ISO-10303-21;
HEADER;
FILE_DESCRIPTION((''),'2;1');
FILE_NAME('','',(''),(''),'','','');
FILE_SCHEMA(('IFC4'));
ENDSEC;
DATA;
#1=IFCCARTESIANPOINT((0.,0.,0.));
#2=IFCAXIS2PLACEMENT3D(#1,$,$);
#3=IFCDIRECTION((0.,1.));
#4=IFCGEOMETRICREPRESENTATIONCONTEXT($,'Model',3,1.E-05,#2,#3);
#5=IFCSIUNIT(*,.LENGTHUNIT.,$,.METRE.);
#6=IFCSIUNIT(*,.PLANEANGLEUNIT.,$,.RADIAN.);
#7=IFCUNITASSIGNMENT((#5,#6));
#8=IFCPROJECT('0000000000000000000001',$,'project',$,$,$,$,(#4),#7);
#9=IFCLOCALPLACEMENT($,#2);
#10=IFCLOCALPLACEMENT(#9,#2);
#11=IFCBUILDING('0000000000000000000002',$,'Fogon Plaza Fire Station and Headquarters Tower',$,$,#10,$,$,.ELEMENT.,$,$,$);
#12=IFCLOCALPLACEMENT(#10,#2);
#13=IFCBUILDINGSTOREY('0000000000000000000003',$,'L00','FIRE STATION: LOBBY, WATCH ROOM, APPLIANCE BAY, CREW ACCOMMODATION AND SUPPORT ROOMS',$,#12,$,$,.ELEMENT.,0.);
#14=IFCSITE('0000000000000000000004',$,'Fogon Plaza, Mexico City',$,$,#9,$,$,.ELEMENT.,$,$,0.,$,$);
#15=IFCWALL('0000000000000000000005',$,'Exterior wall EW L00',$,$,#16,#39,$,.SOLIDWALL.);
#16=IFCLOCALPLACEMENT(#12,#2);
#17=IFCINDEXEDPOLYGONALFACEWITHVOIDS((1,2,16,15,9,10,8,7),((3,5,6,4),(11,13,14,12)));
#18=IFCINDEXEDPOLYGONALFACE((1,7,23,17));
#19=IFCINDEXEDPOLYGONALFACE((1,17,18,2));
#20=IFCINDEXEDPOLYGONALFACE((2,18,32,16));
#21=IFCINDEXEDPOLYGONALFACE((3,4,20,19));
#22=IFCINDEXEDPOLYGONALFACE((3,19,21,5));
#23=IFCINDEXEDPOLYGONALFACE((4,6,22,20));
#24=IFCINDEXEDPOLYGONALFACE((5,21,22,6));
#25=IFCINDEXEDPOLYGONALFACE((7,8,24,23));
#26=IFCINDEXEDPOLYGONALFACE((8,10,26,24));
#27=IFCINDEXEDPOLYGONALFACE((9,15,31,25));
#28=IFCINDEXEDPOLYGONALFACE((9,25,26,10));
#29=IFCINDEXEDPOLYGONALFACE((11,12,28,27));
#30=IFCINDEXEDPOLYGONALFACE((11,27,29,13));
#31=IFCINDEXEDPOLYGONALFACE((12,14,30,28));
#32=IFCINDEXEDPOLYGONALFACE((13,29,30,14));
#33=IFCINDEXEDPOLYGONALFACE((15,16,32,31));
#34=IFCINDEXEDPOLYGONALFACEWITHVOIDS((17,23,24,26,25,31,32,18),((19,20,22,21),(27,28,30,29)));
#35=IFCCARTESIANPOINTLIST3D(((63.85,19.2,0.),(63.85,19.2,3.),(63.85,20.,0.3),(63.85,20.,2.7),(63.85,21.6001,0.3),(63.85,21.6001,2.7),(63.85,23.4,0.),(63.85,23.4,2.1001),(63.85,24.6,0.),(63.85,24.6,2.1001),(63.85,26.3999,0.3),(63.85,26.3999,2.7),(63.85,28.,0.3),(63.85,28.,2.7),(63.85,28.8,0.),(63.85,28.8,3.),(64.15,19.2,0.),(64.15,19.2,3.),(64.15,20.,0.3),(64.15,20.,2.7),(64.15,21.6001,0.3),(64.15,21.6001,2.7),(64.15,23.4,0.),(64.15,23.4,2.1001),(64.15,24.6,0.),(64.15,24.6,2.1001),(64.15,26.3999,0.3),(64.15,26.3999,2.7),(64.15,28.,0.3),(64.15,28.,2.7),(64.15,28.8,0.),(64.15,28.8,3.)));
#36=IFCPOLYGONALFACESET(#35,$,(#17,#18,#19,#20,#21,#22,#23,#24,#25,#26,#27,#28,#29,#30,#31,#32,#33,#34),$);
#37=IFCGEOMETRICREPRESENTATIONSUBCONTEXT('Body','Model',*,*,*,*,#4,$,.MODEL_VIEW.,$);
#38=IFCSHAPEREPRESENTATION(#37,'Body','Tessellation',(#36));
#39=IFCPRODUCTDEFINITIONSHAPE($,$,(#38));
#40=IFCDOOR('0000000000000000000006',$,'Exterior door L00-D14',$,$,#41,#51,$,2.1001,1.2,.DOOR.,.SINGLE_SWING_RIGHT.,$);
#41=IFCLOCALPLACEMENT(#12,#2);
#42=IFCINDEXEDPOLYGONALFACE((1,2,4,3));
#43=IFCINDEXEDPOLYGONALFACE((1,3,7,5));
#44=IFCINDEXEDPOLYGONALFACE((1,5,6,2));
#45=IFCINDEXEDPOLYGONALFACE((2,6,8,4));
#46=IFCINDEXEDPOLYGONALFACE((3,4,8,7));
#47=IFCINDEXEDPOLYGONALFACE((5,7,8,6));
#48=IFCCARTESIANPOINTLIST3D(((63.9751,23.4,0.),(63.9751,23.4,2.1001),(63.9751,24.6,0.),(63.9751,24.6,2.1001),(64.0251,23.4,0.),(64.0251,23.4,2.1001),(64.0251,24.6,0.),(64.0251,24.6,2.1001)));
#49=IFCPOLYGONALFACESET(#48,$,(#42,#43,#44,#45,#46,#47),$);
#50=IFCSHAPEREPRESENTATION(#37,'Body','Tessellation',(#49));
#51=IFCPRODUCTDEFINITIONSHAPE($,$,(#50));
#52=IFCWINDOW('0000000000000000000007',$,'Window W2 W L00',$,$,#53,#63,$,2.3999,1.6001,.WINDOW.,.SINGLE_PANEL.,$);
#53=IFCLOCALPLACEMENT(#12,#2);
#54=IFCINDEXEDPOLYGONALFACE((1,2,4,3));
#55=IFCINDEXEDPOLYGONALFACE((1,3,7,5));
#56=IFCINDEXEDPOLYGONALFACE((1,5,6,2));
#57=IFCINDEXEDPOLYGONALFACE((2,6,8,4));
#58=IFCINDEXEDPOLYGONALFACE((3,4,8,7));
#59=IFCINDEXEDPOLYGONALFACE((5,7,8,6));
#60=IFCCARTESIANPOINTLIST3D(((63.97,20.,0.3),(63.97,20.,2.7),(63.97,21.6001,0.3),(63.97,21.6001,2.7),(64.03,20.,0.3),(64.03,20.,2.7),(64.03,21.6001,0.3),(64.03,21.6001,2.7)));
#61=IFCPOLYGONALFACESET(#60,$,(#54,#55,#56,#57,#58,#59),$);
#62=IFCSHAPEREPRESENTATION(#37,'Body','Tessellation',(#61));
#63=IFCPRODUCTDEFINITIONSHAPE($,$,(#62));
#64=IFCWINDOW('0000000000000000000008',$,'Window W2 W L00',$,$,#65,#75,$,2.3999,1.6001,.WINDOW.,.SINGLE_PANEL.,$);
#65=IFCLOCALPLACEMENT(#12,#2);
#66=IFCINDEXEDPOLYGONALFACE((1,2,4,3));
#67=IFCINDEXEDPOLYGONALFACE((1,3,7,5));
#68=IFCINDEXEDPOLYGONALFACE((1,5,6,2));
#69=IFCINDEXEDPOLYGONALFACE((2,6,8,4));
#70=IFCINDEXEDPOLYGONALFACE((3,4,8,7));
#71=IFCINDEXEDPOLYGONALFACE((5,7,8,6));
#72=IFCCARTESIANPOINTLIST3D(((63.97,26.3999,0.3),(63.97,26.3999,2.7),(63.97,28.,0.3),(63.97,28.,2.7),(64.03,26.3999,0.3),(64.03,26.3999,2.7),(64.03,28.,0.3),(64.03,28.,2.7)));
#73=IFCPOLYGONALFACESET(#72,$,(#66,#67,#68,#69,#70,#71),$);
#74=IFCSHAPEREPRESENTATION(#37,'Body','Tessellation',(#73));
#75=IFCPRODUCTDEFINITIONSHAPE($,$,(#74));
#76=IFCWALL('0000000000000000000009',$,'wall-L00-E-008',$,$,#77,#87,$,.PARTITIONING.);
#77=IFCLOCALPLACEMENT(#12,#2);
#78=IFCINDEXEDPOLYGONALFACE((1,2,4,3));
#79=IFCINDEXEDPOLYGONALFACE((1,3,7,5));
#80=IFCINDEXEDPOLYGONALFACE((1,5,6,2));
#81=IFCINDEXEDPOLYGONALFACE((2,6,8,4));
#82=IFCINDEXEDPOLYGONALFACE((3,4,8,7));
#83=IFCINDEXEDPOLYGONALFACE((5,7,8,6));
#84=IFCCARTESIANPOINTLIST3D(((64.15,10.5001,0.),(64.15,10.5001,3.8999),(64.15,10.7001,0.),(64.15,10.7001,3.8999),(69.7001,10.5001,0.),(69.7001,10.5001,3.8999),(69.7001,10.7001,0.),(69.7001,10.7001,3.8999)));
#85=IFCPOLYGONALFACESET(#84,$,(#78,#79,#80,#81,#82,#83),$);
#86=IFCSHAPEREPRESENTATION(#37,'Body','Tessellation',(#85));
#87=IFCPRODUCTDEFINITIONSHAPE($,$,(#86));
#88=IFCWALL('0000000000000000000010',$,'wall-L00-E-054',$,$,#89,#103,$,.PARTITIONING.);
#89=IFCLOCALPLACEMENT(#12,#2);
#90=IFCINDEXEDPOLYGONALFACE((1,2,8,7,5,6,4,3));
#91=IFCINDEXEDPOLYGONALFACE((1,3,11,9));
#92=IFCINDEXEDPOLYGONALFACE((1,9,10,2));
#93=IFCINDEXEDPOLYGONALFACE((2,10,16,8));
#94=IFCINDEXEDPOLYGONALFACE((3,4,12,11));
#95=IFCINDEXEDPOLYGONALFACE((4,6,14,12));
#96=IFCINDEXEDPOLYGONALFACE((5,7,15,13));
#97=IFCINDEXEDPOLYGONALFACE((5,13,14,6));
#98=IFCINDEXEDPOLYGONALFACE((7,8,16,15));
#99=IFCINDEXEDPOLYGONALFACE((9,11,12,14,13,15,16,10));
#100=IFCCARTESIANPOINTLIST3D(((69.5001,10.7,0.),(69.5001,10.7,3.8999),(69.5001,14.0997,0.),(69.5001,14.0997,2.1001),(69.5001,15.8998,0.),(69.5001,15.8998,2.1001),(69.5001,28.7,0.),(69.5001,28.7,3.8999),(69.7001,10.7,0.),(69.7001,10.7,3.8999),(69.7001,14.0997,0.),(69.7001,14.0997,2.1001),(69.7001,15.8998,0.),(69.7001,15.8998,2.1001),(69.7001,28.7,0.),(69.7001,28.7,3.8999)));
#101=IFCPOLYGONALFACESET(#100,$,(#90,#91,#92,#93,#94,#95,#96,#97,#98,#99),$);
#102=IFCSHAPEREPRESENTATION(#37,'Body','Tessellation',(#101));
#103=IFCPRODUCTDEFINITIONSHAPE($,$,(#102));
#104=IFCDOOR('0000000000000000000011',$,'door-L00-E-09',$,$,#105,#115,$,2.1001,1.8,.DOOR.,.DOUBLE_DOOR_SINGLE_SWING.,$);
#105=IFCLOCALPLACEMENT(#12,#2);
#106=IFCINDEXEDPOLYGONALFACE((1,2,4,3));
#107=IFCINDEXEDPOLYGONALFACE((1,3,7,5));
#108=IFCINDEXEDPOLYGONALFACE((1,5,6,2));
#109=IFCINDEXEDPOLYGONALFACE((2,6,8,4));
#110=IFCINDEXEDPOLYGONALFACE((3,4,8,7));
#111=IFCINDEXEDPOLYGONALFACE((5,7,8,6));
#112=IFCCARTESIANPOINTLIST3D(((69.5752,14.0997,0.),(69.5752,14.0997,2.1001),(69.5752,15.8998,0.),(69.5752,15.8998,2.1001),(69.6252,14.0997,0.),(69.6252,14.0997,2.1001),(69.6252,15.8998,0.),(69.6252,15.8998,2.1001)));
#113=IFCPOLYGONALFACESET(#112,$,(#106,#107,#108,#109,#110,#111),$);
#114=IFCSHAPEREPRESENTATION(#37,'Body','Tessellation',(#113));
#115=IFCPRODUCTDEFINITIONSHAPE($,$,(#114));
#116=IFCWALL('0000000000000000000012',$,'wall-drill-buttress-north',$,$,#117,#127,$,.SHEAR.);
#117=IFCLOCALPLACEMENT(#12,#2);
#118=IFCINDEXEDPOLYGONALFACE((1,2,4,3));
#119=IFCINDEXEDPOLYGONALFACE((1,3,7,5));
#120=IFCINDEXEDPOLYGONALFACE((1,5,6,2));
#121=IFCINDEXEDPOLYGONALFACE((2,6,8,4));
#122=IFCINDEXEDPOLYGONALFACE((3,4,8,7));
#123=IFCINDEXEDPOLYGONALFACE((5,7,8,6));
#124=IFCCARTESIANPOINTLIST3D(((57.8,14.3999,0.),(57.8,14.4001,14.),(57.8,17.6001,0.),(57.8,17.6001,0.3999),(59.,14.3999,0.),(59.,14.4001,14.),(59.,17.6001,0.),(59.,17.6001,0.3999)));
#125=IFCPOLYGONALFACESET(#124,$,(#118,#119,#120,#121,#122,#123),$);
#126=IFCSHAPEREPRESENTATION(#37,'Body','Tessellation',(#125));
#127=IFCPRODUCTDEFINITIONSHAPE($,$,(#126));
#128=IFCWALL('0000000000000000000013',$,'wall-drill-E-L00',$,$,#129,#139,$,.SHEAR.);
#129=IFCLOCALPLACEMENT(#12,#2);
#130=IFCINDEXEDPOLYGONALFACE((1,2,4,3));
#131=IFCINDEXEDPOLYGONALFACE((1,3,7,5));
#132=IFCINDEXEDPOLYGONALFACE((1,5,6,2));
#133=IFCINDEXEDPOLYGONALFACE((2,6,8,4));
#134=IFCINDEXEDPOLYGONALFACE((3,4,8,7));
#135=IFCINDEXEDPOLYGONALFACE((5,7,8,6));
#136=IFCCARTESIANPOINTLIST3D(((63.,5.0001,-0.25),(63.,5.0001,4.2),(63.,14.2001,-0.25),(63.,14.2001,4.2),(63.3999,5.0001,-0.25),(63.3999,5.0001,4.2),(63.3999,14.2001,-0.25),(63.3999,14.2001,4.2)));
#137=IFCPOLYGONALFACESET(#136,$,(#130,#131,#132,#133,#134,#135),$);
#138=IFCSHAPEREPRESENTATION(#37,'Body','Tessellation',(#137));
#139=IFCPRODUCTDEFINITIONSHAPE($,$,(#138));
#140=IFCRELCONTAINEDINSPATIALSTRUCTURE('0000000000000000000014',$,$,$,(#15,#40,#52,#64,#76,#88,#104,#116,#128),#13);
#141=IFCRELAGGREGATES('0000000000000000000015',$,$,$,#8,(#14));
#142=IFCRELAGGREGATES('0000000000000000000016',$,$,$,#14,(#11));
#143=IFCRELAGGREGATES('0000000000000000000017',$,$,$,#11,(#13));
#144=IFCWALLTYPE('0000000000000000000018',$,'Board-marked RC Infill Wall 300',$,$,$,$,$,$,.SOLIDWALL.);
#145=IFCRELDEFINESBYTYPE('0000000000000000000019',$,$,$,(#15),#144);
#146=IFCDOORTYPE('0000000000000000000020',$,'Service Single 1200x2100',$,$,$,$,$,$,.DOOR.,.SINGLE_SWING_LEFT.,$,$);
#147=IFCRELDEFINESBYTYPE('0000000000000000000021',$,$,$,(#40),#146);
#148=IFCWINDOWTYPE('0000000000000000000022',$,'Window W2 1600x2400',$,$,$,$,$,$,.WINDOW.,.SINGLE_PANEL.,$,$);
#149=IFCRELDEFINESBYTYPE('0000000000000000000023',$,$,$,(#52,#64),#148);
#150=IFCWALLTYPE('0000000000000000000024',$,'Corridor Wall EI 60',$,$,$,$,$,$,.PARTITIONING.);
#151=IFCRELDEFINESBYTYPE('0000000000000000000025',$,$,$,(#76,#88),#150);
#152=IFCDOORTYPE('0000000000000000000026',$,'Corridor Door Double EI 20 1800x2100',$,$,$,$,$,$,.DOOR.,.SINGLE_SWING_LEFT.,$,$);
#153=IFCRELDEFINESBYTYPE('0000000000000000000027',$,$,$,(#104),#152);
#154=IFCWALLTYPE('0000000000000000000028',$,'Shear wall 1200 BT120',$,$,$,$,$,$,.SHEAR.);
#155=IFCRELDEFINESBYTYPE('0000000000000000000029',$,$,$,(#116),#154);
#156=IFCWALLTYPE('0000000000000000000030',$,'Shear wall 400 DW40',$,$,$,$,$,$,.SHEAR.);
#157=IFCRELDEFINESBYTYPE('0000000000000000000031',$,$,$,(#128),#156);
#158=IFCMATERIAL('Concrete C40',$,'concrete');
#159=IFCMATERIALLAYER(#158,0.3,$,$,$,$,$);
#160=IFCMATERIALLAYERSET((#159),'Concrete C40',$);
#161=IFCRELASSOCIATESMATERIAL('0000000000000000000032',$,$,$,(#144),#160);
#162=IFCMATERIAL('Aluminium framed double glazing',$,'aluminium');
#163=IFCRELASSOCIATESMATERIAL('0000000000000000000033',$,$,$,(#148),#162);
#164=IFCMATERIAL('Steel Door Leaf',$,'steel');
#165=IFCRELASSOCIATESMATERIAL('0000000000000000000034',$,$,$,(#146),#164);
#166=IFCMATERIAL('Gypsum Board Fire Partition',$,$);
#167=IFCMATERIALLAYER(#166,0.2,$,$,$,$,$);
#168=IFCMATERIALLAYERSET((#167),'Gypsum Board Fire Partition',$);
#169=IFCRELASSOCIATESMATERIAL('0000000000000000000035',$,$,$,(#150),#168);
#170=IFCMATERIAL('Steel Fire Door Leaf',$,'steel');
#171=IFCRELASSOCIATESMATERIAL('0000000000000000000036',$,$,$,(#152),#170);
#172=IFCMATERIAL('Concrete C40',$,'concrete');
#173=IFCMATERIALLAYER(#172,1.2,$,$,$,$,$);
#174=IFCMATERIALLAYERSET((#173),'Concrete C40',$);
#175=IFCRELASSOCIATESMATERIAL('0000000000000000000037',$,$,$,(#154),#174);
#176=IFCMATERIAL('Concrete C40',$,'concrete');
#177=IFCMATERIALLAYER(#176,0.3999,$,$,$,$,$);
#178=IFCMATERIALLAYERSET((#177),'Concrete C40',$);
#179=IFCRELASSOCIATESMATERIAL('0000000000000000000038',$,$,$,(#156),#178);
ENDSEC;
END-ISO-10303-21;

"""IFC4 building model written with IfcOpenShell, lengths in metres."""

from ifc_helpers import new_model, si_unit, direction, frame, frame_2d, origin, place, context, subcontext, project, spatial, polyline, rectangle, outline, extrude, material, layer, layer_set, type_object, element, fill, save


model = new_model("IFC4")

# Units and contexts
model_context = context("Model", 3, precision=1e-05, world=origin(), true_north=direction((0.0, 1.0)))
body_context = subcontext(model_context, "Body", "Model", "MODEL_VIEW")
ifc_project = project(units=[si_unit("LENGTHUNIT", "METRE"), si_unit("PLANEANGLEUNIT", "RADIAN")], contexts=[model_context])

# Site, building, storey
site_placement = place(None, origin())
site = spatial("IfcSite", under=ifc_project, at=site_placement, Name="Fogon Plaza, Mexico City", CompositionType="ELEMENT", RefElevation=0.0)
building_placement = place(site_placement, origin())
building = spatial("IfcBuilding", under=site, at=building_placement, Name="Fogon Plaza Fire Station and Headquarters Tower", CompositionType="ELEMENT")
storey_placement = place(building_placement, origin())
storey = spatial("IfcBuildingStorey", under=building, at=storey_placement, Name="L00", Description="FIRE STATION: LOBBY, WATCH ROOM, APPLIANCE BAY, CREW ACCOMMODATION AND SUPPORT ROOMS", CompositionType="ELEMENT", Elevation=0.0)

# Shared definitions
ifc_material_1 = material(Name="Concrete C40", Category="concrete")
ifc_layer_1 = layer(ifc_material_1, 0.3)
ifc_layer_set_1 = layer_set([ifc_layer_1], Name="Concrete C40")
wall_type_1 = type_object("IfcWallType", Name="Board-marked RC Infill Wall 300", PredefinedType="SOLIDWALL", material=ifc_layer_set_1)
ifc_material_2 = material(Name="Aluminium framed double glazing", Category="aluminium")
window_type = type_object("IfcWindowType", Name="Window W2 1600x2400", PartitioningType="SINGLE_PANEL", PredefinedType="WINDOW", material=ifc_material_2)

# Wall, openings, door, windows
wall_1_placement = place(storey_placement, frame((64.0, 19.2, 0.0), z_axis=(0.0, 0.0, 1.0), x_axis=(0.0, 1.0, 0.0)))
wall_1 = element("IfcWall", 1, at=wall_1_placement, inside=storey, type_object=wall_type_1, Name="Exterior wall EW L00", PredefinedType="SOLIDWALL", context=body_context, shape_type="SweptSolid", body=[
    extrude(rectangle(XDim=9.6001, YDim=0.3, at=frame_2d((4.8, 0.0))), origin(), (0.0, 0.0, 1.0), 3.0),
])
opening_1_placement = place(wall_1_placement, frame((4.2, 0.0, 0.0)))
opening_1 = element("IfcOpeningElement", 2, at=opening_1_placement, cuts=wall_1, PredefinedType="OPENING", context=body_context, shape_type="SweptSolid", body=[
    extrude(rectangle(XDim=1.2, YDim=2.1001, at=frame_2d((0.6001, 1.05))), frame((0.0, 0.1599, 0.0), z_axis=(0.0, -1.0, 0.0), x_axis=(1.0, 0.0, 0.0)), (0.0, 0.0, 1.0), 0.3201),
])
opening_2_placement = place(wall_1_placement, frame((0.8, 0.0, 0.3)))
opening_2 = element("IfcOpeningElement", 3, at=opening_2_placement, cuts=wall_1, PredefinedType="OPENING", context=body_context, shape_type="SweptSolid", body=[
    extrude(rectangle(XDim=1.6001, YDim=2.3999, at=frame_2d((0.8, 1.2))), frame((0.0, 0.1599, 0.0), z_axis=(0.0, -1.0, 0.0), x_axis=(1.0, 0.0, 0.0)), (0.0, 0.0, 1.0), 0.3201),
])
opening_3_placement = place(wall_1_placement, frame((7.2, 0.0, 0.3)))
opening_3 = element("IfcOpeningElement", 4, at=opening_3_placement, cuts=wall_1, PredefinedType="OPENING", context=body_context, shape_type="SweptSolid", body=[
    extrude(rectangle(XDim=1.6001, YDim=2.3999, at=frame_2d((0.8, 1.2))), frame((0.0, 0.1599, 0.0), z_axis=(0.0, -1.0, 0.0), x_axis=(1.0, 0.0, 0.0)), (0.0, 0.0, 1.0), 0.3201),
])
ifc_material_3 = material(Name="Steel Door Leaf", Category="steel")
door_type_1 = type_object("IfcDoorType", Name="Service Single 1200x2100", OperationType="SINGLE_SWING_LEFT", PredefinedType="DOOR", material=ifc_material_3)
door_1_placement = place(opening_1_placement, origin())
door_1 = element("IfcDoor", 5, at=door_1_placement, inside=storey, type_object=door_type_1, Name="Exterior door L00-D14", OperationType="SINGLE_SWING_RIGHT", OverallHeight=2.1001, OverallWidth=1.2, PredefinedType="DOOR", context=body_context, shape_type="SweptSolid", body=[
    extrude(rectangle(XDim=1.2, YDim=2.1001, at=frame_2d((0.6001, 1.05))), frame((0.0, 0.0249, 0.0), z_axis=(0.0, -1.0, 0.0), x_axis=(1.0, 0.0, 0.0)), (0.0, 0.0, 1.0), 0.05),
])
fill(opening_1, door_1)
window_1_placement = place(opening_2_placement, origin())
window_1 = element("IfcWindow", 6, at=window_1_placement, inside=storey, type_object=window_type, Name="Window W2 W L00", OverallHeight=2.3999, OverallWidth=1.6001, PartitioningType="SINGLE_PANEL", PredefinedType="WINDOW", context=body_context, shape_type="SweptSolid", body=[
    extrude(rectangle(XDim=1.6001, YDim=2.3999, at=frame_2d((0.8, 1.2))), frame((0.0, 0.03, 0.0), z_axis=(0.0, -1.0, 0.0), x_axis=(1.0, 0.0, 0.0)), (0.0, 0.0, 1.0), 0.0601),
])
fill(opening_2, window_1)
window_2_placement = place(opening_3_placement, origin())
window_2 = element("IfcWindow", 7, at=window_2_placement, inside=storey, type_object=window_type, Name="Window W2 W L00", OverallHeight=2.3999, OverallWidth=1.6001, PartitioningType="SINGLE_PANEL", PredefinedType="WINDOW", context=body_context, shape_type="SweptSolid", body=[
    extrude(rectangle(XDim=1.6001, YDim=2.3999, at=frame_2d((0.8, 1.2))), frame((0.0, 0.03, 0.0), z_axis=(0.0, -1.0, 0.0), x_axis=(1.0, 0.0, 0.0)), (0.0, 0.0, 1.0), 0.0601),
])
fill(opening_3, window_2)

# Wall
ifc_material_4 = material(Name="Gypsum Board Fire Partition")
ifc_layer_2 = layer(ifc_material_4, 0.2)
ifc_layer_set_2 = layer_set([ifc_layer_2], Name="Gypsum Board Fire Partition")
wall_type_2 = type_object("IfcWallType", Name="Corridor Wall EI 60", PredefinedType="PARTITIONING", material=ifc_layer_set_2)
wall_2_placement = place(storey_placement, frame((69.7, 10.6001, 0.0), z_axis=(0.0, 0.0, 1.0), x_axis=(-1.0, 0.0, 0.0)))
element("IfcWall", 8, at=wall_2_placement, inside=storey, type_object=wall_type_2, Name="wall-L00-E-008", PredefinedType="PARTITIONING", context=body_context, shape_type="SweptSolid", body=[
    extrude(rectangle(XDim=5.55, YDim=0.2, at=frame_2d((2.7749, 0.0))), origin(), (0.0, 0.0, 1.0), 3.8999),
])

# Wall, opening, door
wall_3_placement = place(storey_placement, frame((69.6001, 10.7, 0.0), z_axis=(0.0, 0.0, 1.0), x_axis=(0.0, 1.0, 0.0)))
wall_3 = element("IfcWall", 9, at=wall_3_placement, inside=storey, type_object=wall_type_2, Name="wall-L00-E-054", PredefinedType="PARTITIONING", context=body_context, shape_type="SweptSolid", body=[
    extrude(rectangle(XDim=18.0, YDim=0.2, at=frame_2d((9.0, 0.0))), origin(), (0.0, 0.0, 1.0), 3.8999),
])
opening_4_placement = place(wall_3_placement, frame((3.3999, 0.0, 0.0)))
opening_4 = element("IfcOpeningElement", 10, at=opening_4_placement, cuts=wall_3, PredefinedType="OPENING", context=body_context, shape_type="SweptSolid", body=[
    extrude(rectangle(XDim=1.8, YDim=2.1001, at=frame_2d((0.8999, 1.05))), frame((0.0, 0.1099, 0.0), z_axis=(0.0, -1.0, 0.0), x_axis=(1.0, 0.0, 0.0)), (0.0, 0.0, 1.0), 0.22),
])
ifc_material_5 = material(Name="Steel Fire Door Leaf", Category="steel")
door_type_2 = type_object("IfcDoorType", Name="Corridor Door Double EI 20 1800x2100", OperationType="SINGLE_SWING_LEFT", PredefinedType="DOOR", material=ifc_material_5)
door_2_placement = place(opening_4_placement, origin())
door_2 = element("IfcDoor", 11, at=door_2_placement, inside=storey, type_object=door_type_2, Name="door-L00-E-09", OperationType="DOUBLE_DOOR_SINGLE_SWING", OverallHeight=2.1001, OverallWidth=1.8, PredefinedType="DOOR", context=body_context, shape_type="SweptSolid", body=[
    extrude(rectangle(XDim=1.8, YDim=2.1001, at=frame_2d((0.8999, 1.05))), frame((0.0, 0.0249, 0.0), z_axis=(0.0, -1.0, 0.0), x_axis=(1.0, 0.0, 0.0)), (0.0, 0.0, 1.0), 0.05),
])
fill(opening_4, door_2)

# Walls
ifc_material_6 = material(Name="Concrete C40", Category="concrete")
ifc_layer_3 = layer(ifc_material_6, 1.2)
ifc_layer_set_3 = layer_set([ifc_layer_3], Name="Concrete C40")
wall_type_3 = type_object("IfcWallType", Name="Shear wall 1200 BT120", PredefinedType="SHEAR", material=ifc_layer_set_3)
wall_4_placement = place(storey_placement, frame((58.3999, 17.6001, 0.0), z_axis=(0.0, 0.0, 1.0), x_axis=(0.0, -1.0, 0.0)))
element("IfcWall", 12, at=wall_4_placement, inside=storey, type_object=wall_type_3, Name="wall-drill-buttress-north", PredefinedType="SHEAR", context=body_context, shape_type="SweptSolid", body=[
    extrude(outline(polyline([(0.0, 0.0), (3.2002, 0.0), (3.2, 14.0), (0.0, 0.3999), (0.0, 0.0)])), frame((0.0, 0.6001, 0.0), z_axis=(0.0, -1.0, 0.0), x_axis=(1.0, 0.0, 0.0)), (0.0, 0.0, 1.0), 1.2),
])
ifc_material_7 = material(Name="Concrete C40", Category="concrete")
ifc_layer_4 = layer(ifc_material_7, 0.3999)
ifc_layer_set_4 = layer_set([ifc_layer_4], Name="Concrete C40")
wall_type_4 = type_object("IfcWallType", Name="Shear wall 400 DW40", PredefinedType="SHEAR", material=ifc_layer_set_4)
wall_5_placement = place(storey_placement, frame((63.2, 5.0, -0.25), z_axis=(0.0, 0.0, 1.0), x_axis=(0.0, 1.0, 0.0)))
element("IfcWall", 13, at=wall_5_placement, inside=storey, type_object=wall_type_4, Name="wall-drill-E-L00", PredefinedType="SHEAR", context=body_context, shape_type="SweptSolid", body=[
    extrude(rectangle(XDim=9.2, YDim=0.3999, at=frame_2d((4.6001, 0.0))), origin(), (0.0, 0.0, 1.0), 4.45),
])

save(model, "model.ifc")
